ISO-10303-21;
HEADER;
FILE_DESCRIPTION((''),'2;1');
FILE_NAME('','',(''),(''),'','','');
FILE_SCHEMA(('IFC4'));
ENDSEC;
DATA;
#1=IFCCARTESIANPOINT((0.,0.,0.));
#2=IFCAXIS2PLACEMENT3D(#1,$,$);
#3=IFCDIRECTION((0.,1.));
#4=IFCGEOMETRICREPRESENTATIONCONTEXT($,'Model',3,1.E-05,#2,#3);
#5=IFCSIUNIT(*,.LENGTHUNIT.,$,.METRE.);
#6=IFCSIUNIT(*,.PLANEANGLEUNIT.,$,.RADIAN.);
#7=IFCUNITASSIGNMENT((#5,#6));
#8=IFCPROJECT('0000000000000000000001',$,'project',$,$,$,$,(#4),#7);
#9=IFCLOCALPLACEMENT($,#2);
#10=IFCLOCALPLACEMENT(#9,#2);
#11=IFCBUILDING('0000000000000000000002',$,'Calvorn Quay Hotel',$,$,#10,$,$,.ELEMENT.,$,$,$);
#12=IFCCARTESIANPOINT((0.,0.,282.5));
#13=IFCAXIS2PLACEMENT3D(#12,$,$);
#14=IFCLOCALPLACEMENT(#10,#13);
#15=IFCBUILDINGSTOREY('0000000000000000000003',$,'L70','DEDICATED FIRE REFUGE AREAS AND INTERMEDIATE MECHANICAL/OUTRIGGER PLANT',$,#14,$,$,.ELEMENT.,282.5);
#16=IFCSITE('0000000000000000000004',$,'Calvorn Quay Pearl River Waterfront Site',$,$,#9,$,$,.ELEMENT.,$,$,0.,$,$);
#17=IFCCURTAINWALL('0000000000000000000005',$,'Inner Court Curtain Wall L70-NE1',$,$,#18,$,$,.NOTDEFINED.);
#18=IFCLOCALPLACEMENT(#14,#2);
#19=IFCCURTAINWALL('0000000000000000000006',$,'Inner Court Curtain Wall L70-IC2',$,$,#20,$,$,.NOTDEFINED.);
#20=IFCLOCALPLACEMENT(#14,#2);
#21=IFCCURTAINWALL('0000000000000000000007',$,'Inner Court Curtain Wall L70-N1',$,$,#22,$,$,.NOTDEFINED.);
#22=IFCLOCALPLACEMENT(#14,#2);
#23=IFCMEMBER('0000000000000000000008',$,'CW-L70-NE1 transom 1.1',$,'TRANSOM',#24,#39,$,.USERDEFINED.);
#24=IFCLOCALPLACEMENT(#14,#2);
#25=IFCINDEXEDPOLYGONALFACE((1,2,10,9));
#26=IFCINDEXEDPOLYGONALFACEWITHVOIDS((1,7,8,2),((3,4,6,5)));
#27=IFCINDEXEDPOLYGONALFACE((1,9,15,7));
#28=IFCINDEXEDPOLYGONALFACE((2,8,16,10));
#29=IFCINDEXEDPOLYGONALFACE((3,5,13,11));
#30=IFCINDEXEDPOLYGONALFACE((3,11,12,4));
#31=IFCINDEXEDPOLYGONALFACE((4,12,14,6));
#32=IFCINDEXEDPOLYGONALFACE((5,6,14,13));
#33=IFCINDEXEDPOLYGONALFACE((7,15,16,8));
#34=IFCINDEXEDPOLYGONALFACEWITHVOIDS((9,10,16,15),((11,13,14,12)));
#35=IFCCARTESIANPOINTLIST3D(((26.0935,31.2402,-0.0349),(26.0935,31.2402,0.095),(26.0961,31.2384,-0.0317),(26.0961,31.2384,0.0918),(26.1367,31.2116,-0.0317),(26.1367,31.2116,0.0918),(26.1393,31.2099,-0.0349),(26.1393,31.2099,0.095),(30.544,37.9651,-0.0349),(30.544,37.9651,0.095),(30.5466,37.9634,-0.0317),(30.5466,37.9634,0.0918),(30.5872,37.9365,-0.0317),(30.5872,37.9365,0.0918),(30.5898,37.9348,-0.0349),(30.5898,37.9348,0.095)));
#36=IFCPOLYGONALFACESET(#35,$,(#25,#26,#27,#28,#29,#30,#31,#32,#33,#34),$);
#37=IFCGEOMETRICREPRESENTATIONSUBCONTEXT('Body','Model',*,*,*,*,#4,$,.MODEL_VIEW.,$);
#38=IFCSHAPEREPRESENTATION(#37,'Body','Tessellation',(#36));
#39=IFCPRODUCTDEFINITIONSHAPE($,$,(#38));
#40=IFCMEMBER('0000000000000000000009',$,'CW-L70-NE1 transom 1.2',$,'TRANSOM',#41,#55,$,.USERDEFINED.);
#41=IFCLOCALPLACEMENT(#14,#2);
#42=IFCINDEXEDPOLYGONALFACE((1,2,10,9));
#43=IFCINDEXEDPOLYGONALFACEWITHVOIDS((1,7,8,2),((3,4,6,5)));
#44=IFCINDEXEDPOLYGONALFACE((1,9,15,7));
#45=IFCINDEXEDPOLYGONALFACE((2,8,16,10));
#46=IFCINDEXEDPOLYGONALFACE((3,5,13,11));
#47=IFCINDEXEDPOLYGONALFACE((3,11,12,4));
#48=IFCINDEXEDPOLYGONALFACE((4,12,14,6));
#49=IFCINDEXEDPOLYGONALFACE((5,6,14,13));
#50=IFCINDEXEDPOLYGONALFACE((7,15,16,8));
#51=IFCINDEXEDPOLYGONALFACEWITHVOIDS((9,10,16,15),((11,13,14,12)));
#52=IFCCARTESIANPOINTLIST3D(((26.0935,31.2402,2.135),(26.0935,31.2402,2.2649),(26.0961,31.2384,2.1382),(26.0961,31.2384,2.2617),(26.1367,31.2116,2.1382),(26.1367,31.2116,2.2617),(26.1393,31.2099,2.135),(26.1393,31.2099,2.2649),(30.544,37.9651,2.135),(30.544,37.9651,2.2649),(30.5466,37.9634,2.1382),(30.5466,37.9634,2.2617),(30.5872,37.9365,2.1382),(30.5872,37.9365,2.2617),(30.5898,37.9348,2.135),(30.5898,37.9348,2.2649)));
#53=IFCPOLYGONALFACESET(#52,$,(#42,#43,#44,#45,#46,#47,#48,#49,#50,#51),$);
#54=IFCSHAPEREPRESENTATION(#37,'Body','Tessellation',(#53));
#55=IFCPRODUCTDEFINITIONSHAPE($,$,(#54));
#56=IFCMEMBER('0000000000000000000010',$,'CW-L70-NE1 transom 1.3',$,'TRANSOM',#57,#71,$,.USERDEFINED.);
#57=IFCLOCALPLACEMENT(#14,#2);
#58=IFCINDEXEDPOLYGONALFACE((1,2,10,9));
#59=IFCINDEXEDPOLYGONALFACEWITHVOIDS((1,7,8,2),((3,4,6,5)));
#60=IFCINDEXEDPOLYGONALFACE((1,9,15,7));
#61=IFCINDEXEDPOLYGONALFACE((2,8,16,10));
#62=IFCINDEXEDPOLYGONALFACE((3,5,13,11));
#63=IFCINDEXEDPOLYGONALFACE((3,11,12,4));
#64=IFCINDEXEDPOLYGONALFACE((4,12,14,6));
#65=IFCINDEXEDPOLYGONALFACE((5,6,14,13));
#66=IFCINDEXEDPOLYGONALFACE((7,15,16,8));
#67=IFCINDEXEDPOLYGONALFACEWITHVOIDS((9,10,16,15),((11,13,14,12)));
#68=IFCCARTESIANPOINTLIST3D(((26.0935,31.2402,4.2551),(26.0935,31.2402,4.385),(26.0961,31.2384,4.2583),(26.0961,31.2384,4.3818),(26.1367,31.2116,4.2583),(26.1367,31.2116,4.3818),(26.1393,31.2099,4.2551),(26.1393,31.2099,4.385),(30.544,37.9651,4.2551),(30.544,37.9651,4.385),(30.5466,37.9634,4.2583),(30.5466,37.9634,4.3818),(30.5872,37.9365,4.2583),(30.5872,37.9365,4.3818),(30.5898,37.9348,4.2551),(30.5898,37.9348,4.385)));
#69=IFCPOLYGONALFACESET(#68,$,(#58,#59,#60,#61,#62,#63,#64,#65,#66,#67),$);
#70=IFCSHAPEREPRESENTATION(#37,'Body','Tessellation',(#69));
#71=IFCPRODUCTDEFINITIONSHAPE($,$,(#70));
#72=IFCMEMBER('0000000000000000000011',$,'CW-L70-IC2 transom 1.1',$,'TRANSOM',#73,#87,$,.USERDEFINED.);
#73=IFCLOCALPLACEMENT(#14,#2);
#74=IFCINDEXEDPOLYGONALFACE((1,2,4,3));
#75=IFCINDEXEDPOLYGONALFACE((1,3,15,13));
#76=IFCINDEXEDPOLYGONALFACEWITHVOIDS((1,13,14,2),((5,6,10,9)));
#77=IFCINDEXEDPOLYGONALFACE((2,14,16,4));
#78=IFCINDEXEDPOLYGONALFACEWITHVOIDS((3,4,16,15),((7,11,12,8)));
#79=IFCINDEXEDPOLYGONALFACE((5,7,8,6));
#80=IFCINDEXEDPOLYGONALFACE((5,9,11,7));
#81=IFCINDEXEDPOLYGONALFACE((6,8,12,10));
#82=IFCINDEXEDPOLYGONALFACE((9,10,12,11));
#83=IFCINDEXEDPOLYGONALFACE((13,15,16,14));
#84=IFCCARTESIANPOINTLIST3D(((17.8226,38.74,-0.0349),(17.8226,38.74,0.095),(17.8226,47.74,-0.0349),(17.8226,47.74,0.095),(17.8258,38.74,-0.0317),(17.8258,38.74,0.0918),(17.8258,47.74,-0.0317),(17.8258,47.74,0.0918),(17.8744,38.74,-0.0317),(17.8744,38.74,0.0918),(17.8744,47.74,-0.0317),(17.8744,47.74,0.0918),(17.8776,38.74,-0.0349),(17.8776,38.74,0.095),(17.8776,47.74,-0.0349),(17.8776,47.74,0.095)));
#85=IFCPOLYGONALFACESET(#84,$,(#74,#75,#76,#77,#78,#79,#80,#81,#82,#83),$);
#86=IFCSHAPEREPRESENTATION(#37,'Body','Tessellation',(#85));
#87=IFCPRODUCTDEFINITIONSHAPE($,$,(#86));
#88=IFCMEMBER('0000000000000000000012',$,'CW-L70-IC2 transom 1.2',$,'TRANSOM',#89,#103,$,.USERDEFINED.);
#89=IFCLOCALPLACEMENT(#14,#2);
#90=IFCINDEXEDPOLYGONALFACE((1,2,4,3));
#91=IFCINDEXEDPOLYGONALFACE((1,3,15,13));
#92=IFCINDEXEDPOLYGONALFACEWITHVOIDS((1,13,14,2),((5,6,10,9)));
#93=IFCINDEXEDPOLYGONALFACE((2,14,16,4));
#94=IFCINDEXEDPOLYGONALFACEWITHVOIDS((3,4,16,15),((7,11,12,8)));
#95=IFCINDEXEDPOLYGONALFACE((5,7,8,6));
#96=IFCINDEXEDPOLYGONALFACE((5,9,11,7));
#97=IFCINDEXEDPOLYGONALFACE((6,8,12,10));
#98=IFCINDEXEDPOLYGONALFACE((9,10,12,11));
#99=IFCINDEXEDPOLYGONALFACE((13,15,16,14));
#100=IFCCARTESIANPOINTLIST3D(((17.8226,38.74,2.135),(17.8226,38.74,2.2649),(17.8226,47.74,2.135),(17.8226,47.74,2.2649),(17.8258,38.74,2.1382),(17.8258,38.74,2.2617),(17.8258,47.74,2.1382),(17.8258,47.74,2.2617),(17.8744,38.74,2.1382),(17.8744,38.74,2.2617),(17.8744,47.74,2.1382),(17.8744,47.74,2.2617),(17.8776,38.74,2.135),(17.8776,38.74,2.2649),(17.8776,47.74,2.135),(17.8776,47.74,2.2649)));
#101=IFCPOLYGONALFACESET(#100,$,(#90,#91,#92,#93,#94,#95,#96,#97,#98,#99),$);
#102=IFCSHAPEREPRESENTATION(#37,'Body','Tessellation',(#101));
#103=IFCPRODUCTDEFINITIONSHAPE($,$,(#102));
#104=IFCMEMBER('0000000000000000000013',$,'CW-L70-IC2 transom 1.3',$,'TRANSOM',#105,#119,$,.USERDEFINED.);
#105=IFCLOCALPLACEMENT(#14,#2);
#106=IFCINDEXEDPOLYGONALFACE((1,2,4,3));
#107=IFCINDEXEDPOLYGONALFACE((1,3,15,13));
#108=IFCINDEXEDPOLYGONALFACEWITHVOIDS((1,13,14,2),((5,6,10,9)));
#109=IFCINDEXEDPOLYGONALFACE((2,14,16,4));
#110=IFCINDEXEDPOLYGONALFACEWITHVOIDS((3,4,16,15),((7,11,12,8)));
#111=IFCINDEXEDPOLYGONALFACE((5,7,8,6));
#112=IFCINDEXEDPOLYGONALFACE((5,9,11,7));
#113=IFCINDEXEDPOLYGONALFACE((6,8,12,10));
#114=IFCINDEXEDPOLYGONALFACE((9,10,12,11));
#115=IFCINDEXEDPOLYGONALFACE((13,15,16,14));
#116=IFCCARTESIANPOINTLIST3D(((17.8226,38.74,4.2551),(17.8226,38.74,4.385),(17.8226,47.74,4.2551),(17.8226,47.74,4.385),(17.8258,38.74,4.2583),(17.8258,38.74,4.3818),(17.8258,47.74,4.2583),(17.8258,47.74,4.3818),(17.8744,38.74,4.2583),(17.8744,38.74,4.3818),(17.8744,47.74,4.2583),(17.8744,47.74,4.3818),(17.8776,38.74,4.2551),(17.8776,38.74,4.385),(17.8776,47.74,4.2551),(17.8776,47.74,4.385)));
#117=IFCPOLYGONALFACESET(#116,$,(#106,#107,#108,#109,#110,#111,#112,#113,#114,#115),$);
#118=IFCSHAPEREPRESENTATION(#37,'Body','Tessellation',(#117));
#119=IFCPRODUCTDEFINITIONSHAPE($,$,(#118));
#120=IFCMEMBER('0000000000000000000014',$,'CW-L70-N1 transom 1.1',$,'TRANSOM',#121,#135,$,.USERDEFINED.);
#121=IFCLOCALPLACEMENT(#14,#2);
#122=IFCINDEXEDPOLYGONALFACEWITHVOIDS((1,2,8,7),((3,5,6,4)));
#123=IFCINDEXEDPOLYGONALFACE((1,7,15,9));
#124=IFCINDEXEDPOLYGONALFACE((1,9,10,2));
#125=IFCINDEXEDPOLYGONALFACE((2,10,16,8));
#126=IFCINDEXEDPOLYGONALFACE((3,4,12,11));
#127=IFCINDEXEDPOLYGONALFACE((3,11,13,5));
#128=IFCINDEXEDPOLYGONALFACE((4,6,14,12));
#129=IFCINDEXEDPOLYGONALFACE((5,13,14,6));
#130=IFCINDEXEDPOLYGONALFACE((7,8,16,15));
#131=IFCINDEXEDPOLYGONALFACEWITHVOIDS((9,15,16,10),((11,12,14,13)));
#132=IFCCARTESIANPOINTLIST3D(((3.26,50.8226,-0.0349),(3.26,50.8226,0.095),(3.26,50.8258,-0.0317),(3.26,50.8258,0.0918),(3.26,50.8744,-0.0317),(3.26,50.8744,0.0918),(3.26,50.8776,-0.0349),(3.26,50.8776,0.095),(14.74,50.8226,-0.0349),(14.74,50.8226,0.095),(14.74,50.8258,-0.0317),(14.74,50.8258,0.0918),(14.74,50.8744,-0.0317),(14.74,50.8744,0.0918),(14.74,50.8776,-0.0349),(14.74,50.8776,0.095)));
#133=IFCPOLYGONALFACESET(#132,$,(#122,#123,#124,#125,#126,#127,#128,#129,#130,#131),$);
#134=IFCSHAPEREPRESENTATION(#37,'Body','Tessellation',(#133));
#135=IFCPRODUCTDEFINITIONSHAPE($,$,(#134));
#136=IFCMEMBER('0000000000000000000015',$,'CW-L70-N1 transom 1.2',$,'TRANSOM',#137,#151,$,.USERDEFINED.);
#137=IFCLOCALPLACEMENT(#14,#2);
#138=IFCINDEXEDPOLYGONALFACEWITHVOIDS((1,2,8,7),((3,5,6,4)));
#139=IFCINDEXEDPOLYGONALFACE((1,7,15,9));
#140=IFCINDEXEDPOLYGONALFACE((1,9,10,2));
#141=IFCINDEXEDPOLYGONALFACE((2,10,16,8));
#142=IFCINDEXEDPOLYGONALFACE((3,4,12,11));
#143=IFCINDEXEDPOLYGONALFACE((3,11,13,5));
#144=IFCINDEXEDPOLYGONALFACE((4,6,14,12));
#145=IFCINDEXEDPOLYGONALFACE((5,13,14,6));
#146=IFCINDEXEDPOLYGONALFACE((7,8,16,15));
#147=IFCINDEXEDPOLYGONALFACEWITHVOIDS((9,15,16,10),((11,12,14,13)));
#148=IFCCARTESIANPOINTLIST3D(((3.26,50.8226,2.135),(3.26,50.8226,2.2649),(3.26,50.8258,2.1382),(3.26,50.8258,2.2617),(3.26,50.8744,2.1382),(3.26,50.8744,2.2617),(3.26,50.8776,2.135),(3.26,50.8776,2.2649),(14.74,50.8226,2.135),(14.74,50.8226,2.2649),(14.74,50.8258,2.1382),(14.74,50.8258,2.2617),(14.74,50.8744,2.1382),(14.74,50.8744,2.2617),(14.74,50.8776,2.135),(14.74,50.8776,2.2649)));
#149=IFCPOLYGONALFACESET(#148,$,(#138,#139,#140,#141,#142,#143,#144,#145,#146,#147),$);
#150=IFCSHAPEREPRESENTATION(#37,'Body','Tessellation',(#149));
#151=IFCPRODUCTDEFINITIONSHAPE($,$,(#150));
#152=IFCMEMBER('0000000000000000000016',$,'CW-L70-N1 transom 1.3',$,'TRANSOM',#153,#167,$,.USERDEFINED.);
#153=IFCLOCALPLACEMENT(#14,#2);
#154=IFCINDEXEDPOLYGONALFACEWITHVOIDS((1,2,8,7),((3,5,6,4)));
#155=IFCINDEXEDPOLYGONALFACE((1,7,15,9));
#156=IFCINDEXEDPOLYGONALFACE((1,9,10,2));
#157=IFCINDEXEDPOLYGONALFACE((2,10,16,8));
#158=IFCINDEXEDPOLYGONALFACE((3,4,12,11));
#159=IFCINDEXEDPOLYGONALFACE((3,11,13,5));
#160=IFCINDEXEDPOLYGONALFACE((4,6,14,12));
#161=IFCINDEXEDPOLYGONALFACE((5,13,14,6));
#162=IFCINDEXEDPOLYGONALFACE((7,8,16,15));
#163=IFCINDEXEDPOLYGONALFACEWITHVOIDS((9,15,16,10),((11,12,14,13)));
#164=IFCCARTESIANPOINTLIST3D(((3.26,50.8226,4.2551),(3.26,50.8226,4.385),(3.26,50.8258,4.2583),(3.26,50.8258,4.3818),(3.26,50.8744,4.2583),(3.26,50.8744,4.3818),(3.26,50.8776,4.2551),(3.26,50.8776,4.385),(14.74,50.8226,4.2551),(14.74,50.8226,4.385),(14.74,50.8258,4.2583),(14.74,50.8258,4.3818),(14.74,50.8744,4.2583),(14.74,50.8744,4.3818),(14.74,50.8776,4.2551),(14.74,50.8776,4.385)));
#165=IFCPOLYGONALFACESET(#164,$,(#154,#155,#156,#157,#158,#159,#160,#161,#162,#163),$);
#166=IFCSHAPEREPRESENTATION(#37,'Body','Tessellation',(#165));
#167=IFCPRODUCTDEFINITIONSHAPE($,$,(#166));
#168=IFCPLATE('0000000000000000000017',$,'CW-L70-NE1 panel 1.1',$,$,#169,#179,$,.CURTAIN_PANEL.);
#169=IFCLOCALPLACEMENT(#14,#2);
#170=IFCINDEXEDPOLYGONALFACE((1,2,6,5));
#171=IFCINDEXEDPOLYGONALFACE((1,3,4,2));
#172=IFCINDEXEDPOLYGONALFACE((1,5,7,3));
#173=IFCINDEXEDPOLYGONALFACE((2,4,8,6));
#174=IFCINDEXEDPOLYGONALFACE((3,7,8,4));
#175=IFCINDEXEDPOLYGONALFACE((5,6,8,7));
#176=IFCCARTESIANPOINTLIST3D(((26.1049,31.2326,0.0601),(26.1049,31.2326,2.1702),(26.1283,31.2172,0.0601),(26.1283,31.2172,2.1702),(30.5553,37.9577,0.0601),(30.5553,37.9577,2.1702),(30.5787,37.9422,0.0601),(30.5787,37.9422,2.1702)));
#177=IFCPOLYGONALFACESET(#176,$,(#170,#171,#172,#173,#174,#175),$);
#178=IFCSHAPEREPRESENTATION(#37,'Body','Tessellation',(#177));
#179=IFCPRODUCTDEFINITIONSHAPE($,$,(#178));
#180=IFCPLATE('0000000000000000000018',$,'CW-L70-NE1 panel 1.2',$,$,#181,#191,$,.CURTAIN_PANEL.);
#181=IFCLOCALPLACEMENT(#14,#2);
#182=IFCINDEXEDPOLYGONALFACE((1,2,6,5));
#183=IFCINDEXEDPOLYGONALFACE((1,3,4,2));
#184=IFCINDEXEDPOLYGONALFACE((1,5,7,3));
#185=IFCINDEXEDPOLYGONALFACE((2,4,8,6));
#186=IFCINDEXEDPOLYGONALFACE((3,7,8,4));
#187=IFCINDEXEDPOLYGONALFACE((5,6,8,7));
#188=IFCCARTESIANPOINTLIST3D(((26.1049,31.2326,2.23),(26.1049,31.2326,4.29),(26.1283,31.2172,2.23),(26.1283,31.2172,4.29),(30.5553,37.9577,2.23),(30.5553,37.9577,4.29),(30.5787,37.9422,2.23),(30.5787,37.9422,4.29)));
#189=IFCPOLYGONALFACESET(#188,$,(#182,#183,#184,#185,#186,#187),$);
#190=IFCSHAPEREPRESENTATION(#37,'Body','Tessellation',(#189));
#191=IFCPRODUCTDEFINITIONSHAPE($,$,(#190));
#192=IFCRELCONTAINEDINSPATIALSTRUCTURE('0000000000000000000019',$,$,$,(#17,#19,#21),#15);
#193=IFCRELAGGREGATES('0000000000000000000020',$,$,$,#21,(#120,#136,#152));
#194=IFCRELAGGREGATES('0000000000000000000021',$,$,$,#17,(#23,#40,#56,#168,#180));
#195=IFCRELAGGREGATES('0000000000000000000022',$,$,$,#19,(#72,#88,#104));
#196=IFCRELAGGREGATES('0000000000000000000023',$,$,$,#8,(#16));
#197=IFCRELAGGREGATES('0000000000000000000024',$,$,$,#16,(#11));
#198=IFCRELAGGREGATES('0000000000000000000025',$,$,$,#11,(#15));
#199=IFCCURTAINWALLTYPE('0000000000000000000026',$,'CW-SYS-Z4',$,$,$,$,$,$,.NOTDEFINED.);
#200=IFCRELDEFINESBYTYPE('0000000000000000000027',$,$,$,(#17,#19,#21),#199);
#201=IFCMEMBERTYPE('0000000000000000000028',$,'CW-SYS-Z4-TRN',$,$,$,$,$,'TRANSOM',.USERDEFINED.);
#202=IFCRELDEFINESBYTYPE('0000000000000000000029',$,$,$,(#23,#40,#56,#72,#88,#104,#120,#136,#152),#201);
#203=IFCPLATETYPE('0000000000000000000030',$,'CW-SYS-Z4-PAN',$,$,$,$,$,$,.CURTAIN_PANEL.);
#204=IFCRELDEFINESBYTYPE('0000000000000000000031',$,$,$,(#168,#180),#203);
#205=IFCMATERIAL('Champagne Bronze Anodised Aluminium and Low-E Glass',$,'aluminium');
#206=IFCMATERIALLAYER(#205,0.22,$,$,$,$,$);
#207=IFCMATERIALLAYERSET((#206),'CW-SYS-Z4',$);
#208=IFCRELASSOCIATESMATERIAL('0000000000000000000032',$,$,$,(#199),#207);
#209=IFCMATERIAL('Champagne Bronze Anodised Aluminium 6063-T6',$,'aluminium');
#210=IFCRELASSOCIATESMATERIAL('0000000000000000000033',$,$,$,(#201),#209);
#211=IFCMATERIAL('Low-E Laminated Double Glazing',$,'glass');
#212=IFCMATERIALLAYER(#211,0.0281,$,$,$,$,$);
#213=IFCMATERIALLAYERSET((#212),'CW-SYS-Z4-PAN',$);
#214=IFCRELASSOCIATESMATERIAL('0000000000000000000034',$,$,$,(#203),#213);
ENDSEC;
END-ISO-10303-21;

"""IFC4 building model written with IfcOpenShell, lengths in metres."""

from ifc_helpers import new_model, si_unit, direction, frame, origin, origin_2d, place, context, subcontext, project, spatial, rectangle, hollow_rectangle, extrude, material, layer, layer_set, material_profile, profile_set, type_object, element, aggregate, save


model = new_model("IFC4")

# Units and contexts
model_context = context("Model", 3, precision=1e-05, world=origin(), true_north=direction((0.0, 1.0)))
body_context = subcontext(model_context, "Body", "Model", "MODEL_VIEW")
ifc_project = project(units=[si_unit("LENGTHUNIT", "METRE"), si_unit("PLANEANGLEUNIT", "RADIAN")], contexts=[model_context])

# Site, building, storey
site_placement = place(None, origin())
site = spatial("IfcSite", under=ifc_project, at=site_placement, Name="Calvorn Quay Pearl River Waterfront Site", CompositionType="ELEMENT", RefElevation=0.0)
building_placement = place(site_placement, origin())
building = spatial("IfcBuilding", under=site, at=building_placement, Name="Calvorn Quay Hotel", CompositionType="ELEMENT")
storey_placement = place(building_placement, frame((0.0, 0.0, 282.5)))
storey = spatial("IfcBuildingStorey", under=building, at=storey_placement, Name="L70", Description="DEDICATED FIRE REFUGE AREAS AND INTERMEDIATE MECHANICAL/OUTRIGGER PLANT", CompositionType="ELEMENT", Elevation=282.5)

# Curtain wall
ifc_material_1 = material(Name="Champagne Bronze Anodised Aluminium and Low-E Glass", Category="aluminium")
ifc_layer_1 = layer(ifc_material_1, 0.22)
ifc_layer_set_1 = layer_set([ifc_layer_1], Name="CW-SYS-Z4")
curtain_wall_type = type_object("IfcCurtainWallType", Name="CW-SYS-Z4", PredefinedType="NOTDEFINED", material=ifc_layer_set_1)
curtain_wall_1_placement = place(storey_placement, origin())
curtain_wall_1 = element("IfcCurtainWall", 1, at=curtain_wall_1_placement, inside=storey, type_object=curtain_wall_type, Name="Inner Court Curtain Wall L70-NE1", PredefinedType="NOTDEFINED")

# Curtain wall
curtain_wall_2_placement = place(storey_placement, origin())
curtain_wall_2 = element("IfcCurtainWall", 2, at=curtain_wall_2_placement, inside=storey, type_object=curtain_wall_type, Name="Inner Court Curtain Wall L70-IC2", PredefinedType="NOTDEFINED")

# Curtain wall
curtain_wall_3_placement = place(storey_placement, origin())
curtain_wall_3 = element("IfcCurtainWall", 3, at=curtain_wall_3_placement, inside=storey, type_object=curtain_wall_type, Name="Inner Court Curtain Wall L70-N1", PredefinedType="NOTDEFINED")

# Members
ifc_material_2 = material(Name="Champagne Bronze Anodised Aluminium 6063-T6", Category="aluminium")
ifc_material_profile_1 = material_profile(ifc_material_2, hollow_rectangle(XDim=0.0549, YDim=0.1299, WallThickness=0.0032, at=origin_2d()), Name="ALU-T130x55x3.2")
ifc_profile_set_1 = profile_set([ifc_material_profile_1], Name="Champagne Bronze Anodised Aluminium 6063-T6")
member_type_1 = type_object("IfcMemberType", Name="CW-SYS-Z4-TRN", ElementType="TRANSOM", PredefinedType="USERDEFINED", material=ifc_profile_set_1)
member_1_placement = place(storey_placement, frame((30.5669, 37.95, 0.03), z_axis=(-0.551881, -0.833923, 0.0), x_axis=(0.833923, -0.551881, 0.0)))
member_1 = element("IfcMember", 4, at=member_1_placement, type_object=member_type_1, Name="CW-L70-NE1 transom 1.1", ObjectType="TRANSOM", PredefinedType="USERDEFINED", context=body_context, shape_type="SweptSolid", body=[
    extrude(hollow_rectangle(XDim=0.0549, YDim=0.1299, WallThickness=0.0032, at=origin_2d()), origin(), (0.0, 0.0, 1.0), 8.0642),
])
member_2_placement = place(storey_placement, frame((30.5669, 37.95, 2.2), z_axis=(-0.551881, -0.833923, 0.0), x_axis=(0.833923, -0.551881, 0.0)))
member_2 = element("IfcMember", 5, at=member_2_placement, type_object=member_type_1, Name="CW-L70-NE1 transom 1.2", ObjectType="TRANSOM", PredefinedType="USERDEFINED", context=body_context, shape_type="SweptSolid", body=[
    extrude(hollow_rectangle(XDim=0.0549, YDim=0.1299, WallThickness=0.0032, at=origin_2d()), origin(), (0.0, 0.0, 1.0), 8.0642),
])
member_3_placement = place(storey_placement, frame((30.5669, 37.95, 4.3201), z_axis=(-0.551881, -0.833923, 0.0), x_axis=(0.833923, -0.551881, 0.0)))
member_3 = element("IfcMember", 6, at=member_3_placement, type_object=member_type_1, Name="CW-L70-NE1 transom 1.3", ObjectType="TRANSOM", PredefinedType="USERDEFINED", context=body_context, shape_type="SweptSolid", body=[
    extrude(hollow_rectangle(XDim=0.0549, YDim=0.1299, WallThickness=0.0032, at=origin_2d()), origin(), (0.0, 0.0, 1.0), 8.0642),
])
member_4_placement = place(storey_placement, frame((17.8501, 38.74, 0.03), z_axis=(0.0, 1.0, 0.0), x_axis=(-1.0, 0.0, 0.0)))
member_4 = element("IfcMember", 7, at=member_4_placement, type_object=member_type_1, Name="CW-L70-IC2 transom 1.1", ObjectType="TRANSOM", PredefinedType="USERDEFINED", context=body_context, shape_type="SweptSolid", body=[
    extrude(hollow_rectangle(XDim=0.0549, YDim=0.1299, WallThickness=0.0032, at=origin_2d()), origin(), (0.0, 0.0, 1.0), 9.0),
])
member_5_placement = place(storey_placement, frame((17.8501, 38.74, 2.2), z_axis=(0.0, 1.0, 0.0), x_axis=(-1.0, 0.0, 0.0)))
member_5 = element("IfcMember", 8, at=member_5_placement, type_object=member_type_1, Name="CW-L70-IC2 transom 1.2", ObjectType="TRANSOM", PredefinedType="USERDEFINED", context=body_context, shape_type="SweptSolid", body=[
    extrude(hollow_rectangle(XDim=0.0549, YDim=0.1299, WallThickness=0.0032, at=origin_2d()), origin(), (0.0, 0.0, 1.0), 9.0),
])
member_6_placement = place(storey_placement, frame((17.8501, 38.74, 4.3201), z_axis=(0.0, 1.0, 0.0), x_axis=(-1.0, 0.0, 0.0)))
member_6 = element("IfcMember", 9, at=member_6_placement, type_object=member_type_1, Name="CW-L70-IC2 transom 1.3", ObjectType="TRANSOM", PredefinedType="USERDEFINED", context=body_context, shape_type="SweptSolid", body=[
    extrude(hollow_rectangle(XDim=0.0549, YDim=0.1299, WallThickness=0.0032, at=origin_2d()), origin(), (0.0, 0.0, 1.0), 9.0),
])
member_7_placement = place(storey_placement, frame((14.74, 50.8501, 0.03), z_axis=(-1.0, 0.0, 0.0), x_axis=(0.0, -1.0, 0.0)))
member_7 = element("IfcMember", 10, at=member_7_placement, type_object=member_type_1, Name="CW-L70-N1 transom 1.1", ObjectType="TRANSOM", PredefinedType="USERDEFINED", context=body_context, shape_type="SweptSolid", body=[
    extrude(hollow_rectangle(XDim=0.0549, YDim=0.1299, WallThickness=0.0032, at=origin_2d()), origin(), (0.0, 0.0, 1.0), 11.48),
])
member_8_placement = place(storey_placement, frame((14.74, 50.8501, 2.2), z_axis=(-1.0, 0.0, 0.0), x_axis=(0.0, -1.0, 0.0)))
member_8 = element("IfcMember", 11, at=member_8_placement, type_object=member_type_1, Name="CW-L70-N1 transom 1.2", ObjectType="TRANSOM", PredefinedType="USERDEFINED", context=body_context, shape_type="SweptSolid", body=[
    extrude(hollow_rectangle(XDim=0.0549, YDim=0.1299, WallThickness=0.0032, at=origin_2d()), origin(), (0.0, 0.0, 1.0), 11.48),
])
member_9_placement = place(storey_placement, frame((14.74, 50.8501, 4.3201), z_axis=(-1.0, 0.0, 0.0), x_axis=(0.0, -1.0, 0.0)))
member_9 = element("IfcMember", 12, at=member_9_placement, type_object=member_type_1, Name="CW-L70-N1 transom 1.3", ObjectType="TRANSOM", PredefinedType="USERDEFINED", context=body_context, shape_type="SweptSolid", body=[
    extrude(hollow_rectangle(XDim=0.0549, YDim=0.1299, WallThickness=0.0032, at=origin_2d()), origin(), (0.0, 0.0, 1.0), 11.48),
])
aggregate(curtain_wall_3, [member_7, member_8, member_9])

# Plates
ifc_material_3 = material(Name="Low-E Laminated Double Glazing", Category="glass")
ifc_layer_2 = layer(ifc_material_3, 0.0281)
ifc_layer_set_2 = layer_set([ifc_layer_2], Name="CW-SYS-Z4-PAN")
plate_type_1 = type_object("IfcPlateType", Name="CW-SYS-Z4-PAN", PredefinedType="CURTAIN_PANEL", material=ifc_layer_set_2)
plate_1_placement = place(storey_placement, frame((28.3418, 34.5874, 0.0601), z_axis=(0.0, 0.0, 1.0), x_axis=(-0.551867, -0.833932, 0.0)))
plate_1 = element("IfcPlate", 13, at=plate_1_placement, type_object=plate_type_1, Name="CW-L70-NE1 panel 1.1", PredefinedType="CURTAIN_PANEL", context=body_context, shape_type="SweptSolid", body=[
    extrude(rectangle(XDim=8.0642, YDim=0.0281, at=origin_2d()), origin(), (0.0, 0.0, 1.0), 2.1101),
])
plate_2_placement = place(storey_placement, frame((28.3418, 34.5874, 2.23), z_axis=(0.0, 0.0, 1.0), x_axis=(-0.551867, -0.833932, 0.0)))
plate_2 = element("IfcPlate", 14, at=plate_2_placement, type_object=plate_type_1, Name="CW-L70-NE1 panel 1.2", PredefinedType="CURTAIN_PANEL", context=body_context, shape_type="SweptSolid", body=[
    extrude(rectangle(XDim=8.0642, YDim=0.0281, at=origin_2d()), origin(), (0.0, 0.0, 1.0), 2.0601),
])
aggregate(curtain_wall_1, [member_1, member_2, member_3, plate_1, plate_2])
aggregate(curtain_wall_2, [member_4, member_5, member_6])

save(model, "model.ifc")
